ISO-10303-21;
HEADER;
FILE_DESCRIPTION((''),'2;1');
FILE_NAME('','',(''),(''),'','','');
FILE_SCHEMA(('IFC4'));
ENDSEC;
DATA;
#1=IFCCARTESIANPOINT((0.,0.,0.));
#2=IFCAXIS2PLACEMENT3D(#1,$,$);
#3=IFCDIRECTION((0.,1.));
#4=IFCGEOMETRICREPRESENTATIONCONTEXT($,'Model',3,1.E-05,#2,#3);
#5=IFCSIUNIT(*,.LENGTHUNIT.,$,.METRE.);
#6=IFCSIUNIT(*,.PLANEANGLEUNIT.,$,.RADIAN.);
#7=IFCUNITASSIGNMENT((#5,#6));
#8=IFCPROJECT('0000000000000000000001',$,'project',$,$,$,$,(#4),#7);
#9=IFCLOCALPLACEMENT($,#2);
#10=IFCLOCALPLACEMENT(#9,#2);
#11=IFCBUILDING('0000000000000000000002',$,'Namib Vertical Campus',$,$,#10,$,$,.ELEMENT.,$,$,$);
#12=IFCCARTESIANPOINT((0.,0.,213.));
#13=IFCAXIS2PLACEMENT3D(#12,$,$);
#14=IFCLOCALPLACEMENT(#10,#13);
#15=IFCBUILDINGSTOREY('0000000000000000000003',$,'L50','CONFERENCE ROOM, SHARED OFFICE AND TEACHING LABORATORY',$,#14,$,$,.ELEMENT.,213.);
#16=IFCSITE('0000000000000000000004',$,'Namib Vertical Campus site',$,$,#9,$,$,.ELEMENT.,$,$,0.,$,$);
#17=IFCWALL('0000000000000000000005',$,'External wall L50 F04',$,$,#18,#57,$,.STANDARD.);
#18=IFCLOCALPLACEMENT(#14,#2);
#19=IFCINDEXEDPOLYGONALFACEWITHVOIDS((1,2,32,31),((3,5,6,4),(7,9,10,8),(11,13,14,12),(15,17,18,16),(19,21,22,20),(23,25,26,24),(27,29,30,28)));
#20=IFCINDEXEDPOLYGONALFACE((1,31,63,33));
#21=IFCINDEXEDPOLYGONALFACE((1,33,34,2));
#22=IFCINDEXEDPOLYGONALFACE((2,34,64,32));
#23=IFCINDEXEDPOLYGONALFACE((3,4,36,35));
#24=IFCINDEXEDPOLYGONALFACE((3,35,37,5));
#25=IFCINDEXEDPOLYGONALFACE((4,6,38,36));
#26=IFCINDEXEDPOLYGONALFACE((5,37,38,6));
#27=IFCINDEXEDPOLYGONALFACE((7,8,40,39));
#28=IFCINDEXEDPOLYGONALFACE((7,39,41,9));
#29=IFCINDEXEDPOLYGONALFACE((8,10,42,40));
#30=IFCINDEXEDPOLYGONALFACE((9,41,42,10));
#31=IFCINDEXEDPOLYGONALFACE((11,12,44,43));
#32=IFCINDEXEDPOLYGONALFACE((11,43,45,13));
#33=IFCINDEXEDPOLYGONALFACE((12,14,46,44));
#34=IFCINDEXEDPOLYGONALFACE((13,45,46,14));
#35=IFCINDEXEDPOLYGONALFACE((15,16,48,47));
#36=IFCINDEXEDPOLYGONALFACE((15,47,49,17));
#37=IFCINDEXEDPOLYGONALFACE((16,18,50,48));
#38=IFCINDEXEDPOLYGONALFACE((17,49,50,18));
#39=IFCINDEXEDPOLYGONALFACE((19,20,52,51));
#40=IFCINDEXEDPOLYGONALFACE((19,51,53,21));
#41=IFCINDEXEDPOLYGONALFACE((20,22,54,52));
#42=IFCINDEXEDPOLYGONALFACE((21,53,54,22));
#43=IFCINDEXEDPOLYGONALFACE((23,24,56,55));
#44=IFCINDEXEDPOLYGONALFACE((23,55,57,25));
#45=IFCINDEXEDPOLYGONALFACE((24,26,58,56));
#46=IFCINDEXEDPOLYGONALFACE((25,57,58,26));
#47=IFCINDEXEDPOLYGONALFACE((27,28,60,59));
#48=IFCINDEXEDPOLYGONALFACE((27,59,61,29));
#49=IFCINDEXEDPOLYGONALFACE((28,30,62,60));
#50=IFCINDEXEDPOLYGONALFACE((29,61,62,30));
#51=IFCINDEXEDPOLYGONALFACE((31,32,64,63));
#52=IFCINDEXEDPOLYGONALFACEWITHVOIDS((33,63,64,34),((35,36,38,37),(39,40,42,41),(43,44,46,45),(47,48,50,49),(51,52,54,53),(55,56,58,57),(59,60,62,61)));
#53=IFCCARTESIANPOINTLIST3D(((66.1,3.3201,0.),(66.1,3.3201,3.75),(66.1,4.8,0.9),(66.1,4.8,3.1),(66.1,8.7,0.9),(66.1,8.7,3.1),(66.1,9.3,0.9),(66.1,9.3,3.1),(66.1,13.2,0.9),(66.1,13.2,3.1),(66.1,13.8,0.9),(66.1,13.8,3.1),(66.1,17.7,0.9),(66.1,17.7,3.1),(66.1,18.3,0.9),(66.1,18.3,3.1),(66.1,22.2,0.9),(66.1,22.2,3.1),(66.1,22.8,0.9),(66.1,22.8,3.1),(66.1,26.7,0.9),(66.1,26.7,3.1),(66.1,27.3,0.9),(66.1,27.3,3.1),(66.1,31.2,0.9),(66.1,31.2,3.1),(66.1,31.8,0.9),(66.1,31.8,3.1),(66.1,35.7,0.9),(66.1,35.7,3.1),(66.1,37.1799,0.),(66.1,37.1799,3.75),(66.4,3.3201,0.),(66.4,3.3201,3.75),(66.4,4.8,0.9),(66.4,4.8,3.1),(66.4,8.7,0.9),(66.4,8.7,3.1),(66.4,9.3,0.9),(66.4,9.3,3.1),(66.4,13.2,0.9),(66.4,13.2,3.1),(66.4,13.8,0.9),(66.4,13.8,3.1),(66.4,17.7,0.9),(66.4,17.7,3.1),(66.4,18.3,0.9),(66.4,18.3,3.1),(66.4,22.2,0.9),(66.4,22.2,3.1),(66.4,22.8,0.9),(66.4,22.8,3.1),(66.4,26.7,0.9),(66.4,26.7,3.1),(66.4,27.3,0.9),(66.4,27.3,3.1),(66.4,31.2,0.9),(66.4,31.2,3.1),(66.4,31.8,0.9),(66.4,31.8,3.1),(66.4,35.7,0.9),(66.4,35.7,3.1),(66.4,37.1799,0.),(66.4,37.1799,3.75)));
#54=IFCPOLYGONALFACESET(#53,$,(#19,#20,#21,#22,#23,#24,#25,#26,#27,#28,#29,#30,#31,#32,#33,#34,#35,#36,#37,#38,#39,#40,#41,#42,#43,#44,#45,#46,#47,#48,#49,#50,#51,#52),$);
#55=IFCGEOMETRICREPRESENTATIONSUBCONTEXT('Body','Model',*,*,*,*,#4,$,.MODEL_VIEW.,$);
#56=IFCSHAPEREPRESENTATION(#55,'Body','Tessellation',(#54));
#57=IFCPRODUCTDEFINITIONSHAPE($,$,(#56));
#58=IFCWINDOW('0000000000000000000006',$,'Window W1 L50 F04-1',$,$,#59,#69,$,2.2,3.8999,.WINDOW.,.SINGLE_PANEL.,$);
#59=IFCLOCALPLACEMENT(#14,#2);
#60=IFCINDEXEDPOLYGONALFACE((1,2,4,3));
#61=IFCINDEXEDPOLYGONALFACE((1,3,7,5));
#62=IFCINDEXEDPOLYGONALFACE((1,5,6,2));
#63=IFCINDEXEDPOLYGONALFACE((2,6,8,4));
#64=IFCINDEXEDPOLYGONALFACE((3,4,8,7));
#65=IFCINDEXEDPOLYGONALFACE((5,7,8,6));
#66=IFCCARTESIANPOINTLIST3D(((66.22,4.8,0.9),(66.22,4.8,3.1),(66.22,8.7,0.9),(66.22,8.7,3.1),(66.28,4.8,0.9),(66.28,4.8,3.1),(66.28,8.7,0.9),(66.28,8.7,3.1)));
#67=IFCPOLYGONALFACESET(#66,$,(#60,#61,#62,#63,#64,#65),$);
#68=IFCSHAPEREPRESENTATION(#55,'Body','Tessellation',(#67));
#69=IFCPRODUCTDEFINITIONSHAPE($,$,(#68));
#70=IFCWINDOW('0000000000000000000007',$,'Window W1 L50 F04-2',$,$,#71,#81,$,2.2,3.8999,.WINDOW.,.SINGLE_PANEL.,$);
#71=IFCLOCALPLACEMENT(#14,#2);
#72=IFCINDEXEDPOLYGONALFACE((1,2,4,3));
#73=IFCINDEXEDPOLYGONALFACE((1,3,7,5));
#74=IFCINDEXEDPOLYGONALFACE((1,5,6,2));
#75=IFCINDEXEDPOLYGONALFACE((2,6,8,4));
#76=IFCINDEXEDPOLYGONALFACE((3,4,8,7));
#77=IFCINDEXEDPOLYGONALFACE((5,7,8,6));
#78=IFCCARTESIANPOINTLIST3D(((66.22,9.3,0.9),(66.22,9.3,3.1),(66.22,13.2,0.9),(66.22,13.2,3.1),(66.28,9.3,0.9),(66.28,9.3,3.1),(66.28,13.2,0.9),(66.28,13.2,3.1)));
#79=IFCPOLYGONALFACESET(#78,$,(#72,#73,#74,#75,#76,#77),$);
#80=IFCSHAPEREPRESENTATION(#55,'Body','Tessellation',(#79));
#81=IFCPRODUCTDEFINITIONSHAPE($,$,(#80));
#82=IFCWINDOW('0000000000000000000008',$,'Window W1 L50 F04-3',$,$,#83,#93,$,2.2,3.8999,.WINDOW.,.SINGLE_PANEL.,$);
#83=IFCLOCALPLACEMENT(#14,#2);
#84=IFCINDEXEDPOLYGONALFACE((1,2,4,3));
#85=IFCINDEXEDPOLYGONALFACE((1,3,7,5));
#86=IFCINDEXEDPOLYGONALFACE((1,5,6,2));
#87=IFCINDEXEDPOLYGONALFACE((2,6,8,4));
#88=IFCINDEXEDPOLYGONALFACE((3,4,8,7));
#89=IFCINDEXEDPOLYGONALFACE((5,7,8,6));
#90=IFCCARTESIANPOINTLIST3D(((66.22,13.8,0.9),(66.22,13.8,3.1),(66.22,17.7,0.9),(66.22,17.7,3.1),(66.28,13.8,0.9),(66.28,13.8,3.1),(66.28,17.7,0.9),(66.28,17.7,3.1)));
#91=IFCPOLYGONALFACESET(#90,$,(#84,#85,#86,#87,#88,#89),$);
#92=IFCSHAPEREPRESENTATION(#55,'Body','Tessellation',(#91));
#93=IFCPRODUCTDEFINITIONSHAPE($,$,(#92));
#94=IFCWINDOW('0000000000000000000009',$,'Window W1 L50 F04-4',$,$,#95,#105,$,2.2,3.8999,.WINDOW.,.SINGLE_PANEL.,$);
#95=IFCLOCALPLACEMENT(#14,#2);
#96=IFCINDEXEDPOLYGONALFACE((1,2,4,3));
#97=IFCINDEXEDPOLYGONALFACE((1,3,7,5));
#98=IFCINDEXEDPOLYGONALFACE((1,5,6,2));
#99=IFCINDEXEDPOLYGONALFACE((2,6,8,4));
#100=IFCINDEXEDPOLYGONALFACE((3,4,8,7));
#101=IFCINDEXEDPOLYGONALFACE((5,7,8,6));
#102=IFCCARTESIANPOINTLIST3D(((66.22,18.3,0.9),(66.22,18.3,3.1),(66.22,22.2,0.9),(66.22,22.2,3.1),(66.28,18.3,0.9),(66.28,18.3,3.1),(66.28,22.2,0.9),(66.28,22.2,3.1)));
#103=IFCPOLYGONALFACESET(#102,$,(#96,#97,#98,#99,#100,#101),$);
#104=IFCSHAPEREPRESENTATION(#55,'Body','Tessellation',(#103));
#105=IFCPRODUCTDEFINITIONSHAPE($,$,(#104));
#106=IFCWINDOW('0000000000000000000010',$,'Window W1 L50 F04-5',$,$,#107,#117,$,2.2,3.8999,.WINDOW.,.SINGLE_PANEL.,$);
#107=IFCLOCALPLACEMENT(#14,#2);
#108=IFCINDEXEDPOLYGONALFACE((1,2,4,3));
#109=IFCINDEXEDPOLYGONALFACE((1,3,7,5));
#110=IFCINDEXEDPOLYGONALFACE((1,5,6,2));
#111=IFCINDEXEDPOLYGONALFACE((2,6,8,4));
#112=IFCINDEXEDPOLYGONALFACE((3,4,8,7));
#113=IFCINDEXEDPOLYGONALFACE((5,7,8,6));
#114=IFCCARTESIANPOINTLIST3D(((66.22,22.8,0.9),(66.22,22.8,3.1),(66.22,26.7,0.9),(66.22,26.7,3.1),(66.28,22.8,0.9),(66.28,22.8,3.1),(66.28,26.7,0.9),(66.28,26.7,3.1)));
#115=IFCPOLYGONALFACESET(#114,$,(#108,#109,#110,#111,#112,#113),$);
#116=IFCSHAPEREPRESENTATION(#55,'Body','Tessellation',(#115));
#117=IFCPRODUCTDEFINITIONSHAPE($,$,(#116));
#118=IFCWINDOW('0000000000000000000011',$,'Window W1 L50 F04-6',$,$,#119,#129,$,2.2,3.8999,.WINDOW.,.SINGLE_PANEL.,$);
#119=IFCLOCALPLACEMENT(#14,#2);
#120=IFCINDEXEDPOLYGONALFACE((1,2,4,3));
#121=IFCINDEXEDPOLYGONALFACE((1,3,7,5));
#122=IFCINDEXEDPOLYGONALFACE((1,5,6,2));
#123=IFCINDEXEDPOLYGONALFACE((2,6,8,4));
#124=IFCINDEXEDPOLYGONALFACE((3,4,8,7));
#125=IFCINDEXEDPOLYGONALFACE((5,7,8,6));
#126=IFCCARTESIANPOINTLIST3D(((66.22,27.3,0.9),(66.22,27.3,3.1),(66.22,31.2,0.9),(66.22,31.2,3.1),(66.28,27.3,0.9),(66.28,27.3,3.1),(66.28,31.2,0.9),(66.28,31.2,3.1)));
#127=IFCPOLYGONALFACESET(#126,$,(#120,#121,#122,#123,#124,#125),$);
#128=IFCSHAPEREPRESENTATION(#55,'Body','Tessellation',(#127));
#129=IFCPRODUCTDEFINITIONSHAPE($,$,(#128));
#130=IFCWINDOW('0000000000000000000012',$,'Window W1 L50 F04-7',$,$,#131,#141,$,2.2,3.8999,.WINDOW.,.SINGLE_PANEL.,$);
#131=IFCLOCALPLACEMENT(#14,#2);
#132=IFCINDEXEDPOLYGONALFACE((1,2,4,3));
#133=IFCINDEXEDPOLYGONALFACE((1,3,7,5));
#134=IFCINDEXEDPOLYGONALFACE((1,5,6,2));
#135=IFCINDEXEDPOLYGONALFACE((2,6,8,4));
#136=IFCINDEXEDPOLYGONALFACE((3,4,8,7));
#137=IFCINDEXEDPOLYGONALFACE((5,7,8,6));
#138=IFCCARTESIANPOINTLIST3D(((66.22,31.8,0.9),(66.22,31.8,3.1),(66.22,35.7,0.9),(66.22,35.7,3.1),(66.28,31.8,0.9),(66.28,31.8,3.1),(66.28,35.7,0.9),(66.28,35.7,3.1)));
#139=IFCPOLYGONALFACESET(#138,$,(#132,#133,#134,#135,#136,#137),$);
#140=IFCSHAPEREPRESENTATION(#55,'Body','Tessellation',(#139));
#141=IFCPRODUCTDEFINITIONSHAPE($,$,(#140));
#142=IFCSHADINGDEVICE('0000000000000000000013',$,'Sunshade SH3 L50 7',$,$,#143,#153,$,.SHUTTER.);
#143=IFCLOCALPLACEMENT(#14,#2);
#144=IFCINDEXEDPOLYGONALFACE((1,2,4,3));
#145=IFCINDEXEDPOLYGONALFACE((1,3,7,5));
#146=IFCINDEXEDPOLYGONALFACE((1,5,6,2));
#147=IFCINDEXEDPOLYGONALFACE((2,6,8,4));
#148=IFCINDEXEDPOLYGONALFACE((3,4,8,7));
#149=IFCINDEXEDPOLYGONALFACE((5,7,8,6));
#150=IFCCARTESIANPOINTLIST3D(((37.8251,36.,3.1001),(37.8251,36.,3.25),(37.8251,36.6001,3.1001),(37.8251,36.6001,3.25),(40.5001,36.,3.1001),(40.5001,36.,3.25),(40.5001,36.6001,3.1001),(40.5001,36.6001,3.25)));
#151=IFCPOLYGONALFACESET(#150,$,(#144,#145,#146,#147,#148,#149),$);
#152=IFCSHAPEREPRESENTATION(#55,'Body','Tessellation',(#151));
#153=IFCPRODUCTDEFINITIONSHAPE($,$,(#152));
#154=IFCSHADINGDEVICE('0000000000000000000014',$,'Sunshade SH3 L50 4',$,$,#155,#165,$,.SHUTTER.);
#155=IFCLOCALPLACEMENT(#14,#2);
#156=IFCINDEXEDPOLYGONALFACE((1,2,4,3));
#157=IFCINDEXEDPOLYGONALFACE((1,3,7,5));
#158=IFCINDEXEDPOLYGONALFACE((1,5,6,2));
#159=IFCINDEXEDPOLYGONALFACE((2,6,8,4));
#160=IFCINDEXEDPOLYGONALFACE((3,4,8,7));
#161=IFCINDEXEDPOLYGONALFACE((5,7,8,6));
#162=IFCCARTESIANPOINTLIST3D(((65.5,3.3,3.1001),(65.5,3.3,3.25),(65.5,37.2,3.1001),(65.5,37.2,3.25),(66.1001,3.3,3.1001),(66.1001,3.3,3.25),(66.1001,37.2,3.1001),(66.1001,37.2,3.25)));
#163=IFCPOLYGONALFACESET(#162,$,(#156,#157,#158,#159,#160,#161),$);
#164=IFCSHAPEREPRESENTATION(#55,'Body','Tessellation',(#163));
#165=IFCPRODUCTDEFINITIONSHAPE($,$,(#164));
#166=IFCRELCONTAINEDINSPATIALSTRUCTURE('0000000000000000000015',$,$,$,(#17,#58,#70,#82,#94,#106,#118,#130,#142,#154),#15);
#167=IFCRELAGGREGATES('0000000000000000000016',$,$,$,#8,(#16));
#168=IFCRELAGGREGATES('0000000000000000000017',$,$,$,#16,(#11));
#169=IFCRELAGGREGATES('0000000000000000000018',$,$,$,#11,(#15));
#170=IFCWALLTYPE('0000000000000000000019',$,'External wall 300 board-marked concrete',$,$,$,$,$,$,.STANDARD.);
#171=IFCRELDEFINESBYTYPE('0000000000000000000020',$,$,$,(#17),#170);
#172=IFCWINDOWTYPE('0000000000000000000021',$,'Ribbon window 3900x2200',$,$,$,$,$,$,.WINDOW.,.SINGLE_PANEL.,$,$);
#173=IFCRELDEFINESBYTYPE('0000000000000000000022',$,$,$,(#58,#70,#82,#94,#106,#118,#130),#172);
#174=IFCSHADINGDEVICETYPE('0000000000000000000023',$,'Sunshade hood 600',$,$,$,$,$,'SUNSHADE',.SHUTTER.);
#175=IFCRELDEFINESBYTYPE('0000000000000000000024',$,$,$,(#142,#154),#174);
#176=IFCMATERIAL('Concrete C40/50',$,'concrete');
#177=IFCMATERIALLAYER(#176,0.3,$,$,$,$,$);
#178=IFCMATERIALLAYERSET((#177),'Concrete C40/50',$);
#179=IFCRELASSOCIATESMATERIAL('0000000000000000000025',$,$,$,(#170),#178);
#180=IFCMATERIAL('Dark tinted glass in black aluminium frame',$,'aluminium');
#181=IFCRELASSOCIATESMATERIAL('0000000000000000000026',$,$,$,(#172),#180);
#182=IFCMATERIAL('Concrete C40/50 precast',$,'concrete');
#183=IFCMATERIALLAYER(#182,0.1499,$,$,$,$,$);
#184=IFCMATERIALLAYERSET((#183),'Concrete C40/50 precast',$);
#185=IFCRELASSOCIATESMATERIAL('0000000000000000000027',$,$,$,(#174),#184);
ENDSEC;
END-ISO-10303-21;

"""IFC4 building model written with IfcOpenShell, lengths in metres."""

from ifc_helpers import new_model, si_unit, direction, frame, frame_2d, origin, origin_2d, place, context, subcontext, project, spatial, rectangle, extrude, material, layer, layer_set, type_object, element, fill, save


model = new_model("IFC4")

# Units and contexts
model_context = context("Model", 3, precision=1e-05, world=origin(), true_north=direction((0.0, 1.0)))
body_context = subcontext(model_context, "Body", "Model", "MODEL_VIEW")
ifc_project = project(units=[si_unit("LENGTHUNIT", "METRE"), si_unit("PLANEANGLEUNIT", "RADIAN")], contexts=[model_context])

# Site, building, storey
site_placement = place(None, origin())
site = spatial("IfcSite", under=ifc_project, at=site_placement, Name="Namib Vertical Campus site", CompositionType="ELEMENT", RefElevation=0.0)
building_placement = place(site_placement, origin())
building = spatial("IfcBuilding", under=site, at=building_placement, Name="Namib Vertical Campus", CompositionType="ELEMENT")
storey_placement = place(building_placement, frame((0.0, 0.0, 213.0)))
storey = spatial("IfcBuildingStorey", under=building, at=storey_placement, Name="L50", Description="CONFERENCE ROOM, SHARED OFFICE AND TEACHING LABORATORY", CompositionType="ELEMENT", Elevation=213.0)

# Shared definitions
ifc_material_1 = material(Name="Concrete C40/50", Category="concrete")
ifc_layer_1 = layer(ifc_material_1, 0.3)
ifc_layer_set_1 = layer_set([ifc_layer_1], Name="Concrete C40/50")
wall_type_1 = type_object("IfcWallType", Name="External wall 300 board-marked concrete", PredefinedType="STANDARD", material=ifc_layer_set_1)

# Wall, openings, windows
wall_1_placement = place(storey_placement, frame((66.25, 37.1799, 0.0), z_axis=(0.0, 0.0, 1.0), x_axis=(0.0, -1.0, 0.0)))
wall_1 = element("IfcWall", 1, at=wall_1_placement, inside=storey, type_object=wall_type_1, Name="External wall L50 F04", PredefinedType="STANDARD", context=body_context, shape_type="SweptSolid", body=[
    extrude(rectangle(XDim=33.8599, YDim=0.3, at=frame_2d((16.9299, 0.0))), origin(), (0.0, 0.0, 1.0), 3.75),
])
opening_1_placement = place(wall_1_placement, frame((28.48, 0.0, 0.8999)))
opening_1 = element("IfcOpeningElement", 2, at=opening_1_placement, cuts=wall_1, PredefinedType="OPENING", context=body_context, shape_type="SweptSolid", body=[
    extrude(rectangle(XDim=3.8999, YDim=2.2, at=frame_2d((1.95, 1.1001))), frame((0.0, 0.1599, 0.0), z_axis=(0.0, -1.0, 0.0), x_axis=(1.0, 0.0, 0.0)), (0.0, 0.0, 1.0), 0.3201),
])
opening_2_placement = place(wall_1_placement, frame((23.98, 0.0, 0.8999)))
opening_2 = element("IfcOpeningElement", 3, at=opening_2_placement, cuts=wall_1, PredefinedType="OPENING", context=body_context, shape_type="SweptSolid", body=[
    extrude(rectangle(XDim=3.8999, YDim=2.2, at=frame_2d((1.95, 1.1001))), frame((0.0, 0.1599, 0.0), z_axis=(0.0, -1.0, 0.0), x_axis=(1.0, 0.0, 0.0)), (0.0, 0.0, 1.0), 0.3201),
])
opening_3_placement = place(wall_1_placement, frame((19.48, 0.0, 0.8999)))
opening_3 = element("IfcOpeningElement", 4, at=opening_3_placement, cuts=wall_1, PredefinedType="OPENING", context=body_context, shape_type="SweptSolid", body=[
    extrude(rectangle(XDim=3.8999, YDim=2.2, at=frame_2d((1.95, 1.1001))), frame((0.0, 0.1599, 0.0), z_axis=(0.0, -1.0, 0.0), x_axis=(1.0, 0.0, 0.0)), (0.0, 0.0, 1.0), 0.3201),
])
opening_4_placement = place(wall_1_placement, frame((14.98, 0.0, 0.8999)))
opening_4 = element("IfcOpeningElement", 5, at=opening_4_placement, cuts=wall_1, PredefinedType="OPENING", context=body_context, shape_type="SweptSolid", body=[
    extrude(rectangle(XDim=3.8999, YDim=2.2, at=frame_2d((1.95, 1.1001))), frame((0.0, 0.1599, 0.0), z_axis=(0.0, -1.0, 0.0), x_axis=(1.0, 0.0, 0.0)), (0.0, 0.0, 1.0), 0.3201),
])
opening_5_placement = place(wall_1_placement, frame((10.48, 0.0, 0.8999)))
opening_5 = element("IfcOpeningElement", 6, at=opening_5_placement, cuts=wall_1, PredefinedType="OPENING", context=body_context, shape_type="SweptSolid", body=[
    extrude(rectangle(XDim=3.8999, YDim=2.2, at=frame_2d((1.95, 1.1001))), frame((0.0, 0.1599, 0.0), z_axis=(0.0, -1.0, 0.0), x_axis=(1.0, 0.0, 0.0)), (0.0, 0.0, 1.0), 0.3201),
])
opening_6_placement = place(wall_1_placement, frame((5.98, 0.0, 0.8999)))
opening_6 = element("IfcOpeningElement", 7, at=opening_6_placement, cuts=wall_1, PredefinedType="OPENING", context=body_context, shape_type="SweptSolid", body=[
    extrude(rectangle(XDim=3.8999, YDim=2.2, at=frame_2d((1.95, 1.1001))), frame((0.0, 0.1599, 0.0), z_axis=(0.0, -1.0, 0.0), x_axis=(1.0, 0.0, 0.0)), (0.0, 0.0, 1.0), 0.3201),
])
opening_7_placement = place(wall_1_placement, frame((1.48, 0.0, 0.8999)))
opening_7 = element("IfcOpeningElement", 8, at=opening_7_placement, cuts=wall_1, PredefinedType="OPENING", context=body_context, shape_type="SweptSolid", body=[
    extrude(rectangle(XDim=3.8999, YDim=2.2, at=frame_2d((1.95, 1.1001))), frame((0.0, 0.1599, 0.0), z_axis=(0.0, -1.0, 0.0), x_axis=(1.0, 0.0, 0.0)), (0.0, 0.0, 1.0), 0.3201),
])
ifc_material_2 = material(Name="Dark tinted glass in black aluminium frame", Category="aluminium")
window_type = type_object("IfcWindowType", Name="Ribbon window 3900x2200", PartitioningType="SINGLE_PANEL", PredefinedType="WINDOW", material=ifc_material_2)
window_1_placement = place(opening_1_placement, origin())
window_1 = element("IfcWindow", 9, at=window_1_placement, inside=storey, type_object=window_type, Name="Window W1 L50 F04-1", OverallHeight=2.2, OverallWidth=3.8999, PartitioningType="SINGLE_PANEL", PredefinedType="WINDOW", context=body_context, shape_type="SweptSolid", body=[
    extrude(rectangle(XDim=3.8999, YDim=2.2, at=frame_2d((1.95, 1.1001))), frame((0.0, 0.03, 0.0), z_axis=(0.0, -1.0, 0.0), x_axis=(1.0, 0.0, 0.0)), (0.0, 0.0, 1.0), 0.0601),
])
fill(opening_1, window_1)
window_2_placement = place(opening_2_placement, origin())
window_2 = element("IfcWindow", 10, at=window_2_placement, inside=storey, type_object=window_type, Name="Window W1 L50 F04-2", OverallHeight=2.2, OverallWidth=3.8999, PartitioningType="SINGLE_PANEL", PredefinedType="WINDOW", context=body_context, shape_type="SweptSolid", body=[
    extrude(rectangle(XDim=3.8999, YDim=2.2, at=frame_2d((1.95, 1.1001))), frame((0.0, 0.03, 0.0), z_axis=(0.0, -1.0, 0.0), x_axis=(1.0, 0.0, 0.0)), (0.0, 0.0, 1.0), 0.0601),
])
fill(opening_2, window_2)
window_3_placement = place(opening_3_placement, origin())
window_3 = element("IfcWindow", 11, at=window_3_placement, inside=storey, type_object=window_type, Name="Window W1 L50 F04-3", OverallHeight=2.2, OverallWidth=3.8999, PartitioningType="SINGLE_PANEL", PredefinedType="WINDOW", context=body_context, shape_type="SweptSolid", body=[
    extrude(rectangle(XDim=3.8999, YDim=2.2, at=frame_2d((1.95, 1.1001))), frame((0.0, 0.03, 0.0), z_axis=(0.0, -1.0, 0.0), x_axis=(1.0, 0.0, 0.0)), (0.0, 0.0, 1.0), 0.0601),
])
fill(opening_3, window_3)
window_4_placement = place(opening_4_placement, origin())
window_4 = element("IfcWindow", 12, at=window_4_placement, inside=storey, type_object=window_type, Name="Window W1 L50 F04-4", OverallHeight=2.2, OverallWidth=3.8999, PartitioningType="SINGLE_PANEL", PredefinedType="WINDOW", context=body_context, shape_type="SweptSolid", body=[
    extrude(rectangle(XDim=3.8999, YDim=2.2, at=frame_2d((1.95, 1.1001))), frame((0.0, 0.03, 0.0), z_axis=(0.0, -1.0, 0.0), x_axis=(1.0, 0.0, 0.0)), (0.0, 0.0, 1.0), 0.0601),
])
fill(opening_4, window_4)
window_5_placement = place(opening_5_placement, origin())
window_5 = element("IfcWindow", 13, at=window_5_placement, inside=storey, type_object=window_type, Name="Window W1 L50 F04-5", OverallHeight=2.2, OverallWidth=3.8999, PartitioningType="SINGLE_PANEL", PredefinedType="WINDOW", context=body_context, shape_type="SweptSolid", body=[
    extrude(rectangle(XDim=3.8999, YDim=2.2, at=frame_2d((1.95, 1.1001))), frame((0.0, 0.03, 0.0), z_axis=(0.0, -1.0, 0.0), x_axis=(1.0, 0.0, 0.0)), (0.0, 0.0, 1.0), 0.0601),
])
fill(opening_5, window_5)
window_6_placement = place(opening_6_placement, origin())
window_6 = element("IfcWindow", 14, at=window_6_placement, inside=storey, type_object=window_type, Name="Window W1 L50 F04-6", OverallHeight=2.2, OverallWidth=3.8999, PartitioningType="SINGLE_PANEL", PredefinedType="WINDOW", context=body_context, shape_type="SweptSolid", body=[
    extrude(rectangle(XDim=3.8999, YDim=2.2, at=frame_2d((1.95, 1.1001))), frame((0.0, 0.03, 0.0), z_axis=(0.0, -1.0, 0.0), x_axis=(1.0, 0.0, 0.0)), (0.0, 0.0, 1.0), 0.0601),
])
fill(opening_6, window_6)
window_7_placement = place(opening_7_placement, origin())
window_7 = element("IfcWindow", 15, at=window_7_placement, inside=storey, type_object=window_type, Name="Window W1 L50 F04-7", OverallHeight=2.2, OverallWidth=3.8999, PartitioningType="SINGLE_PANEL", PredefinedType="WINDOW", context=body_context, shape_type="SweptSolid", body=[
    extrude(rectangle(XDim=3.8999, YDim=2.2, at=frame_2d((1.95, 1.1001))), frame((0.0, 0.03, 0.0), z_axis=(0.0, -1.0, 0.0), x_axis=(1.0, 0.0, 0.0)), (0.0, 0.0, 1.0), 0.0601),
])
fill(opening_7, window_7)

# Shading devices
ifc_material_3 = material(Name="Concrete C40/50 precast", Category="concrete")
ifc_layer_2 = layer(ifc_material_3, 0.1499)
ifc_layer_set_2 = layer_set([ifc_layer_2], Name="Concrete C40/50 precast")
shading_device_type = type_object("IfcShadingDeviceType", Name="Sunshade hood 600", ElementType="SUNSHADE", PredefinedType="SHUTTER", material=ifc_layer_set_2)
shading_device_1_placement = place(storey_placement, frame((39.1626, 36.3, 3.1001), z_axis=(0.0, 0.0, 1.0), x_axis=(-1.0, 0.0, 0.0)))
element("IfcShadingDevice", 16, at=shading_device_1_placement, inside=storey, type_object=shading_device_type, Name="Sunshade SH3 L50 7", PredefinedType="SHUTTER", context=body_context, shape_type="SweptSolid", body=[
    extrude(rectangle(XDim=2.675, YDim=0.6001, at=origin_2d()), origin(), (0.0, 0.0, 1.0), 0.1499),
])
shading_device_2_placement = place(storey_placement, frame((65.8, 20.25, 3.1001), z_axis=(0.0, 0.0, 1.0), x_axis=(0.0, -1.0, 0.0)))
element("IfcShadingDevice", 17, at=shading_device_2_placement, inside=storey, type_object=shading_device_type, Name="Sunshade SH3 L50 4", PredefinedType="SHUTTER", context=body_context, shape_type="SweptSolid", body=[
    extrude(rectangle(XDim=33.8999, YDim=0.6001, at=origin_2d()), origin(), (0.0, 0.0, 1.0), 0.1499),
])

save(model, "model.ifc")
